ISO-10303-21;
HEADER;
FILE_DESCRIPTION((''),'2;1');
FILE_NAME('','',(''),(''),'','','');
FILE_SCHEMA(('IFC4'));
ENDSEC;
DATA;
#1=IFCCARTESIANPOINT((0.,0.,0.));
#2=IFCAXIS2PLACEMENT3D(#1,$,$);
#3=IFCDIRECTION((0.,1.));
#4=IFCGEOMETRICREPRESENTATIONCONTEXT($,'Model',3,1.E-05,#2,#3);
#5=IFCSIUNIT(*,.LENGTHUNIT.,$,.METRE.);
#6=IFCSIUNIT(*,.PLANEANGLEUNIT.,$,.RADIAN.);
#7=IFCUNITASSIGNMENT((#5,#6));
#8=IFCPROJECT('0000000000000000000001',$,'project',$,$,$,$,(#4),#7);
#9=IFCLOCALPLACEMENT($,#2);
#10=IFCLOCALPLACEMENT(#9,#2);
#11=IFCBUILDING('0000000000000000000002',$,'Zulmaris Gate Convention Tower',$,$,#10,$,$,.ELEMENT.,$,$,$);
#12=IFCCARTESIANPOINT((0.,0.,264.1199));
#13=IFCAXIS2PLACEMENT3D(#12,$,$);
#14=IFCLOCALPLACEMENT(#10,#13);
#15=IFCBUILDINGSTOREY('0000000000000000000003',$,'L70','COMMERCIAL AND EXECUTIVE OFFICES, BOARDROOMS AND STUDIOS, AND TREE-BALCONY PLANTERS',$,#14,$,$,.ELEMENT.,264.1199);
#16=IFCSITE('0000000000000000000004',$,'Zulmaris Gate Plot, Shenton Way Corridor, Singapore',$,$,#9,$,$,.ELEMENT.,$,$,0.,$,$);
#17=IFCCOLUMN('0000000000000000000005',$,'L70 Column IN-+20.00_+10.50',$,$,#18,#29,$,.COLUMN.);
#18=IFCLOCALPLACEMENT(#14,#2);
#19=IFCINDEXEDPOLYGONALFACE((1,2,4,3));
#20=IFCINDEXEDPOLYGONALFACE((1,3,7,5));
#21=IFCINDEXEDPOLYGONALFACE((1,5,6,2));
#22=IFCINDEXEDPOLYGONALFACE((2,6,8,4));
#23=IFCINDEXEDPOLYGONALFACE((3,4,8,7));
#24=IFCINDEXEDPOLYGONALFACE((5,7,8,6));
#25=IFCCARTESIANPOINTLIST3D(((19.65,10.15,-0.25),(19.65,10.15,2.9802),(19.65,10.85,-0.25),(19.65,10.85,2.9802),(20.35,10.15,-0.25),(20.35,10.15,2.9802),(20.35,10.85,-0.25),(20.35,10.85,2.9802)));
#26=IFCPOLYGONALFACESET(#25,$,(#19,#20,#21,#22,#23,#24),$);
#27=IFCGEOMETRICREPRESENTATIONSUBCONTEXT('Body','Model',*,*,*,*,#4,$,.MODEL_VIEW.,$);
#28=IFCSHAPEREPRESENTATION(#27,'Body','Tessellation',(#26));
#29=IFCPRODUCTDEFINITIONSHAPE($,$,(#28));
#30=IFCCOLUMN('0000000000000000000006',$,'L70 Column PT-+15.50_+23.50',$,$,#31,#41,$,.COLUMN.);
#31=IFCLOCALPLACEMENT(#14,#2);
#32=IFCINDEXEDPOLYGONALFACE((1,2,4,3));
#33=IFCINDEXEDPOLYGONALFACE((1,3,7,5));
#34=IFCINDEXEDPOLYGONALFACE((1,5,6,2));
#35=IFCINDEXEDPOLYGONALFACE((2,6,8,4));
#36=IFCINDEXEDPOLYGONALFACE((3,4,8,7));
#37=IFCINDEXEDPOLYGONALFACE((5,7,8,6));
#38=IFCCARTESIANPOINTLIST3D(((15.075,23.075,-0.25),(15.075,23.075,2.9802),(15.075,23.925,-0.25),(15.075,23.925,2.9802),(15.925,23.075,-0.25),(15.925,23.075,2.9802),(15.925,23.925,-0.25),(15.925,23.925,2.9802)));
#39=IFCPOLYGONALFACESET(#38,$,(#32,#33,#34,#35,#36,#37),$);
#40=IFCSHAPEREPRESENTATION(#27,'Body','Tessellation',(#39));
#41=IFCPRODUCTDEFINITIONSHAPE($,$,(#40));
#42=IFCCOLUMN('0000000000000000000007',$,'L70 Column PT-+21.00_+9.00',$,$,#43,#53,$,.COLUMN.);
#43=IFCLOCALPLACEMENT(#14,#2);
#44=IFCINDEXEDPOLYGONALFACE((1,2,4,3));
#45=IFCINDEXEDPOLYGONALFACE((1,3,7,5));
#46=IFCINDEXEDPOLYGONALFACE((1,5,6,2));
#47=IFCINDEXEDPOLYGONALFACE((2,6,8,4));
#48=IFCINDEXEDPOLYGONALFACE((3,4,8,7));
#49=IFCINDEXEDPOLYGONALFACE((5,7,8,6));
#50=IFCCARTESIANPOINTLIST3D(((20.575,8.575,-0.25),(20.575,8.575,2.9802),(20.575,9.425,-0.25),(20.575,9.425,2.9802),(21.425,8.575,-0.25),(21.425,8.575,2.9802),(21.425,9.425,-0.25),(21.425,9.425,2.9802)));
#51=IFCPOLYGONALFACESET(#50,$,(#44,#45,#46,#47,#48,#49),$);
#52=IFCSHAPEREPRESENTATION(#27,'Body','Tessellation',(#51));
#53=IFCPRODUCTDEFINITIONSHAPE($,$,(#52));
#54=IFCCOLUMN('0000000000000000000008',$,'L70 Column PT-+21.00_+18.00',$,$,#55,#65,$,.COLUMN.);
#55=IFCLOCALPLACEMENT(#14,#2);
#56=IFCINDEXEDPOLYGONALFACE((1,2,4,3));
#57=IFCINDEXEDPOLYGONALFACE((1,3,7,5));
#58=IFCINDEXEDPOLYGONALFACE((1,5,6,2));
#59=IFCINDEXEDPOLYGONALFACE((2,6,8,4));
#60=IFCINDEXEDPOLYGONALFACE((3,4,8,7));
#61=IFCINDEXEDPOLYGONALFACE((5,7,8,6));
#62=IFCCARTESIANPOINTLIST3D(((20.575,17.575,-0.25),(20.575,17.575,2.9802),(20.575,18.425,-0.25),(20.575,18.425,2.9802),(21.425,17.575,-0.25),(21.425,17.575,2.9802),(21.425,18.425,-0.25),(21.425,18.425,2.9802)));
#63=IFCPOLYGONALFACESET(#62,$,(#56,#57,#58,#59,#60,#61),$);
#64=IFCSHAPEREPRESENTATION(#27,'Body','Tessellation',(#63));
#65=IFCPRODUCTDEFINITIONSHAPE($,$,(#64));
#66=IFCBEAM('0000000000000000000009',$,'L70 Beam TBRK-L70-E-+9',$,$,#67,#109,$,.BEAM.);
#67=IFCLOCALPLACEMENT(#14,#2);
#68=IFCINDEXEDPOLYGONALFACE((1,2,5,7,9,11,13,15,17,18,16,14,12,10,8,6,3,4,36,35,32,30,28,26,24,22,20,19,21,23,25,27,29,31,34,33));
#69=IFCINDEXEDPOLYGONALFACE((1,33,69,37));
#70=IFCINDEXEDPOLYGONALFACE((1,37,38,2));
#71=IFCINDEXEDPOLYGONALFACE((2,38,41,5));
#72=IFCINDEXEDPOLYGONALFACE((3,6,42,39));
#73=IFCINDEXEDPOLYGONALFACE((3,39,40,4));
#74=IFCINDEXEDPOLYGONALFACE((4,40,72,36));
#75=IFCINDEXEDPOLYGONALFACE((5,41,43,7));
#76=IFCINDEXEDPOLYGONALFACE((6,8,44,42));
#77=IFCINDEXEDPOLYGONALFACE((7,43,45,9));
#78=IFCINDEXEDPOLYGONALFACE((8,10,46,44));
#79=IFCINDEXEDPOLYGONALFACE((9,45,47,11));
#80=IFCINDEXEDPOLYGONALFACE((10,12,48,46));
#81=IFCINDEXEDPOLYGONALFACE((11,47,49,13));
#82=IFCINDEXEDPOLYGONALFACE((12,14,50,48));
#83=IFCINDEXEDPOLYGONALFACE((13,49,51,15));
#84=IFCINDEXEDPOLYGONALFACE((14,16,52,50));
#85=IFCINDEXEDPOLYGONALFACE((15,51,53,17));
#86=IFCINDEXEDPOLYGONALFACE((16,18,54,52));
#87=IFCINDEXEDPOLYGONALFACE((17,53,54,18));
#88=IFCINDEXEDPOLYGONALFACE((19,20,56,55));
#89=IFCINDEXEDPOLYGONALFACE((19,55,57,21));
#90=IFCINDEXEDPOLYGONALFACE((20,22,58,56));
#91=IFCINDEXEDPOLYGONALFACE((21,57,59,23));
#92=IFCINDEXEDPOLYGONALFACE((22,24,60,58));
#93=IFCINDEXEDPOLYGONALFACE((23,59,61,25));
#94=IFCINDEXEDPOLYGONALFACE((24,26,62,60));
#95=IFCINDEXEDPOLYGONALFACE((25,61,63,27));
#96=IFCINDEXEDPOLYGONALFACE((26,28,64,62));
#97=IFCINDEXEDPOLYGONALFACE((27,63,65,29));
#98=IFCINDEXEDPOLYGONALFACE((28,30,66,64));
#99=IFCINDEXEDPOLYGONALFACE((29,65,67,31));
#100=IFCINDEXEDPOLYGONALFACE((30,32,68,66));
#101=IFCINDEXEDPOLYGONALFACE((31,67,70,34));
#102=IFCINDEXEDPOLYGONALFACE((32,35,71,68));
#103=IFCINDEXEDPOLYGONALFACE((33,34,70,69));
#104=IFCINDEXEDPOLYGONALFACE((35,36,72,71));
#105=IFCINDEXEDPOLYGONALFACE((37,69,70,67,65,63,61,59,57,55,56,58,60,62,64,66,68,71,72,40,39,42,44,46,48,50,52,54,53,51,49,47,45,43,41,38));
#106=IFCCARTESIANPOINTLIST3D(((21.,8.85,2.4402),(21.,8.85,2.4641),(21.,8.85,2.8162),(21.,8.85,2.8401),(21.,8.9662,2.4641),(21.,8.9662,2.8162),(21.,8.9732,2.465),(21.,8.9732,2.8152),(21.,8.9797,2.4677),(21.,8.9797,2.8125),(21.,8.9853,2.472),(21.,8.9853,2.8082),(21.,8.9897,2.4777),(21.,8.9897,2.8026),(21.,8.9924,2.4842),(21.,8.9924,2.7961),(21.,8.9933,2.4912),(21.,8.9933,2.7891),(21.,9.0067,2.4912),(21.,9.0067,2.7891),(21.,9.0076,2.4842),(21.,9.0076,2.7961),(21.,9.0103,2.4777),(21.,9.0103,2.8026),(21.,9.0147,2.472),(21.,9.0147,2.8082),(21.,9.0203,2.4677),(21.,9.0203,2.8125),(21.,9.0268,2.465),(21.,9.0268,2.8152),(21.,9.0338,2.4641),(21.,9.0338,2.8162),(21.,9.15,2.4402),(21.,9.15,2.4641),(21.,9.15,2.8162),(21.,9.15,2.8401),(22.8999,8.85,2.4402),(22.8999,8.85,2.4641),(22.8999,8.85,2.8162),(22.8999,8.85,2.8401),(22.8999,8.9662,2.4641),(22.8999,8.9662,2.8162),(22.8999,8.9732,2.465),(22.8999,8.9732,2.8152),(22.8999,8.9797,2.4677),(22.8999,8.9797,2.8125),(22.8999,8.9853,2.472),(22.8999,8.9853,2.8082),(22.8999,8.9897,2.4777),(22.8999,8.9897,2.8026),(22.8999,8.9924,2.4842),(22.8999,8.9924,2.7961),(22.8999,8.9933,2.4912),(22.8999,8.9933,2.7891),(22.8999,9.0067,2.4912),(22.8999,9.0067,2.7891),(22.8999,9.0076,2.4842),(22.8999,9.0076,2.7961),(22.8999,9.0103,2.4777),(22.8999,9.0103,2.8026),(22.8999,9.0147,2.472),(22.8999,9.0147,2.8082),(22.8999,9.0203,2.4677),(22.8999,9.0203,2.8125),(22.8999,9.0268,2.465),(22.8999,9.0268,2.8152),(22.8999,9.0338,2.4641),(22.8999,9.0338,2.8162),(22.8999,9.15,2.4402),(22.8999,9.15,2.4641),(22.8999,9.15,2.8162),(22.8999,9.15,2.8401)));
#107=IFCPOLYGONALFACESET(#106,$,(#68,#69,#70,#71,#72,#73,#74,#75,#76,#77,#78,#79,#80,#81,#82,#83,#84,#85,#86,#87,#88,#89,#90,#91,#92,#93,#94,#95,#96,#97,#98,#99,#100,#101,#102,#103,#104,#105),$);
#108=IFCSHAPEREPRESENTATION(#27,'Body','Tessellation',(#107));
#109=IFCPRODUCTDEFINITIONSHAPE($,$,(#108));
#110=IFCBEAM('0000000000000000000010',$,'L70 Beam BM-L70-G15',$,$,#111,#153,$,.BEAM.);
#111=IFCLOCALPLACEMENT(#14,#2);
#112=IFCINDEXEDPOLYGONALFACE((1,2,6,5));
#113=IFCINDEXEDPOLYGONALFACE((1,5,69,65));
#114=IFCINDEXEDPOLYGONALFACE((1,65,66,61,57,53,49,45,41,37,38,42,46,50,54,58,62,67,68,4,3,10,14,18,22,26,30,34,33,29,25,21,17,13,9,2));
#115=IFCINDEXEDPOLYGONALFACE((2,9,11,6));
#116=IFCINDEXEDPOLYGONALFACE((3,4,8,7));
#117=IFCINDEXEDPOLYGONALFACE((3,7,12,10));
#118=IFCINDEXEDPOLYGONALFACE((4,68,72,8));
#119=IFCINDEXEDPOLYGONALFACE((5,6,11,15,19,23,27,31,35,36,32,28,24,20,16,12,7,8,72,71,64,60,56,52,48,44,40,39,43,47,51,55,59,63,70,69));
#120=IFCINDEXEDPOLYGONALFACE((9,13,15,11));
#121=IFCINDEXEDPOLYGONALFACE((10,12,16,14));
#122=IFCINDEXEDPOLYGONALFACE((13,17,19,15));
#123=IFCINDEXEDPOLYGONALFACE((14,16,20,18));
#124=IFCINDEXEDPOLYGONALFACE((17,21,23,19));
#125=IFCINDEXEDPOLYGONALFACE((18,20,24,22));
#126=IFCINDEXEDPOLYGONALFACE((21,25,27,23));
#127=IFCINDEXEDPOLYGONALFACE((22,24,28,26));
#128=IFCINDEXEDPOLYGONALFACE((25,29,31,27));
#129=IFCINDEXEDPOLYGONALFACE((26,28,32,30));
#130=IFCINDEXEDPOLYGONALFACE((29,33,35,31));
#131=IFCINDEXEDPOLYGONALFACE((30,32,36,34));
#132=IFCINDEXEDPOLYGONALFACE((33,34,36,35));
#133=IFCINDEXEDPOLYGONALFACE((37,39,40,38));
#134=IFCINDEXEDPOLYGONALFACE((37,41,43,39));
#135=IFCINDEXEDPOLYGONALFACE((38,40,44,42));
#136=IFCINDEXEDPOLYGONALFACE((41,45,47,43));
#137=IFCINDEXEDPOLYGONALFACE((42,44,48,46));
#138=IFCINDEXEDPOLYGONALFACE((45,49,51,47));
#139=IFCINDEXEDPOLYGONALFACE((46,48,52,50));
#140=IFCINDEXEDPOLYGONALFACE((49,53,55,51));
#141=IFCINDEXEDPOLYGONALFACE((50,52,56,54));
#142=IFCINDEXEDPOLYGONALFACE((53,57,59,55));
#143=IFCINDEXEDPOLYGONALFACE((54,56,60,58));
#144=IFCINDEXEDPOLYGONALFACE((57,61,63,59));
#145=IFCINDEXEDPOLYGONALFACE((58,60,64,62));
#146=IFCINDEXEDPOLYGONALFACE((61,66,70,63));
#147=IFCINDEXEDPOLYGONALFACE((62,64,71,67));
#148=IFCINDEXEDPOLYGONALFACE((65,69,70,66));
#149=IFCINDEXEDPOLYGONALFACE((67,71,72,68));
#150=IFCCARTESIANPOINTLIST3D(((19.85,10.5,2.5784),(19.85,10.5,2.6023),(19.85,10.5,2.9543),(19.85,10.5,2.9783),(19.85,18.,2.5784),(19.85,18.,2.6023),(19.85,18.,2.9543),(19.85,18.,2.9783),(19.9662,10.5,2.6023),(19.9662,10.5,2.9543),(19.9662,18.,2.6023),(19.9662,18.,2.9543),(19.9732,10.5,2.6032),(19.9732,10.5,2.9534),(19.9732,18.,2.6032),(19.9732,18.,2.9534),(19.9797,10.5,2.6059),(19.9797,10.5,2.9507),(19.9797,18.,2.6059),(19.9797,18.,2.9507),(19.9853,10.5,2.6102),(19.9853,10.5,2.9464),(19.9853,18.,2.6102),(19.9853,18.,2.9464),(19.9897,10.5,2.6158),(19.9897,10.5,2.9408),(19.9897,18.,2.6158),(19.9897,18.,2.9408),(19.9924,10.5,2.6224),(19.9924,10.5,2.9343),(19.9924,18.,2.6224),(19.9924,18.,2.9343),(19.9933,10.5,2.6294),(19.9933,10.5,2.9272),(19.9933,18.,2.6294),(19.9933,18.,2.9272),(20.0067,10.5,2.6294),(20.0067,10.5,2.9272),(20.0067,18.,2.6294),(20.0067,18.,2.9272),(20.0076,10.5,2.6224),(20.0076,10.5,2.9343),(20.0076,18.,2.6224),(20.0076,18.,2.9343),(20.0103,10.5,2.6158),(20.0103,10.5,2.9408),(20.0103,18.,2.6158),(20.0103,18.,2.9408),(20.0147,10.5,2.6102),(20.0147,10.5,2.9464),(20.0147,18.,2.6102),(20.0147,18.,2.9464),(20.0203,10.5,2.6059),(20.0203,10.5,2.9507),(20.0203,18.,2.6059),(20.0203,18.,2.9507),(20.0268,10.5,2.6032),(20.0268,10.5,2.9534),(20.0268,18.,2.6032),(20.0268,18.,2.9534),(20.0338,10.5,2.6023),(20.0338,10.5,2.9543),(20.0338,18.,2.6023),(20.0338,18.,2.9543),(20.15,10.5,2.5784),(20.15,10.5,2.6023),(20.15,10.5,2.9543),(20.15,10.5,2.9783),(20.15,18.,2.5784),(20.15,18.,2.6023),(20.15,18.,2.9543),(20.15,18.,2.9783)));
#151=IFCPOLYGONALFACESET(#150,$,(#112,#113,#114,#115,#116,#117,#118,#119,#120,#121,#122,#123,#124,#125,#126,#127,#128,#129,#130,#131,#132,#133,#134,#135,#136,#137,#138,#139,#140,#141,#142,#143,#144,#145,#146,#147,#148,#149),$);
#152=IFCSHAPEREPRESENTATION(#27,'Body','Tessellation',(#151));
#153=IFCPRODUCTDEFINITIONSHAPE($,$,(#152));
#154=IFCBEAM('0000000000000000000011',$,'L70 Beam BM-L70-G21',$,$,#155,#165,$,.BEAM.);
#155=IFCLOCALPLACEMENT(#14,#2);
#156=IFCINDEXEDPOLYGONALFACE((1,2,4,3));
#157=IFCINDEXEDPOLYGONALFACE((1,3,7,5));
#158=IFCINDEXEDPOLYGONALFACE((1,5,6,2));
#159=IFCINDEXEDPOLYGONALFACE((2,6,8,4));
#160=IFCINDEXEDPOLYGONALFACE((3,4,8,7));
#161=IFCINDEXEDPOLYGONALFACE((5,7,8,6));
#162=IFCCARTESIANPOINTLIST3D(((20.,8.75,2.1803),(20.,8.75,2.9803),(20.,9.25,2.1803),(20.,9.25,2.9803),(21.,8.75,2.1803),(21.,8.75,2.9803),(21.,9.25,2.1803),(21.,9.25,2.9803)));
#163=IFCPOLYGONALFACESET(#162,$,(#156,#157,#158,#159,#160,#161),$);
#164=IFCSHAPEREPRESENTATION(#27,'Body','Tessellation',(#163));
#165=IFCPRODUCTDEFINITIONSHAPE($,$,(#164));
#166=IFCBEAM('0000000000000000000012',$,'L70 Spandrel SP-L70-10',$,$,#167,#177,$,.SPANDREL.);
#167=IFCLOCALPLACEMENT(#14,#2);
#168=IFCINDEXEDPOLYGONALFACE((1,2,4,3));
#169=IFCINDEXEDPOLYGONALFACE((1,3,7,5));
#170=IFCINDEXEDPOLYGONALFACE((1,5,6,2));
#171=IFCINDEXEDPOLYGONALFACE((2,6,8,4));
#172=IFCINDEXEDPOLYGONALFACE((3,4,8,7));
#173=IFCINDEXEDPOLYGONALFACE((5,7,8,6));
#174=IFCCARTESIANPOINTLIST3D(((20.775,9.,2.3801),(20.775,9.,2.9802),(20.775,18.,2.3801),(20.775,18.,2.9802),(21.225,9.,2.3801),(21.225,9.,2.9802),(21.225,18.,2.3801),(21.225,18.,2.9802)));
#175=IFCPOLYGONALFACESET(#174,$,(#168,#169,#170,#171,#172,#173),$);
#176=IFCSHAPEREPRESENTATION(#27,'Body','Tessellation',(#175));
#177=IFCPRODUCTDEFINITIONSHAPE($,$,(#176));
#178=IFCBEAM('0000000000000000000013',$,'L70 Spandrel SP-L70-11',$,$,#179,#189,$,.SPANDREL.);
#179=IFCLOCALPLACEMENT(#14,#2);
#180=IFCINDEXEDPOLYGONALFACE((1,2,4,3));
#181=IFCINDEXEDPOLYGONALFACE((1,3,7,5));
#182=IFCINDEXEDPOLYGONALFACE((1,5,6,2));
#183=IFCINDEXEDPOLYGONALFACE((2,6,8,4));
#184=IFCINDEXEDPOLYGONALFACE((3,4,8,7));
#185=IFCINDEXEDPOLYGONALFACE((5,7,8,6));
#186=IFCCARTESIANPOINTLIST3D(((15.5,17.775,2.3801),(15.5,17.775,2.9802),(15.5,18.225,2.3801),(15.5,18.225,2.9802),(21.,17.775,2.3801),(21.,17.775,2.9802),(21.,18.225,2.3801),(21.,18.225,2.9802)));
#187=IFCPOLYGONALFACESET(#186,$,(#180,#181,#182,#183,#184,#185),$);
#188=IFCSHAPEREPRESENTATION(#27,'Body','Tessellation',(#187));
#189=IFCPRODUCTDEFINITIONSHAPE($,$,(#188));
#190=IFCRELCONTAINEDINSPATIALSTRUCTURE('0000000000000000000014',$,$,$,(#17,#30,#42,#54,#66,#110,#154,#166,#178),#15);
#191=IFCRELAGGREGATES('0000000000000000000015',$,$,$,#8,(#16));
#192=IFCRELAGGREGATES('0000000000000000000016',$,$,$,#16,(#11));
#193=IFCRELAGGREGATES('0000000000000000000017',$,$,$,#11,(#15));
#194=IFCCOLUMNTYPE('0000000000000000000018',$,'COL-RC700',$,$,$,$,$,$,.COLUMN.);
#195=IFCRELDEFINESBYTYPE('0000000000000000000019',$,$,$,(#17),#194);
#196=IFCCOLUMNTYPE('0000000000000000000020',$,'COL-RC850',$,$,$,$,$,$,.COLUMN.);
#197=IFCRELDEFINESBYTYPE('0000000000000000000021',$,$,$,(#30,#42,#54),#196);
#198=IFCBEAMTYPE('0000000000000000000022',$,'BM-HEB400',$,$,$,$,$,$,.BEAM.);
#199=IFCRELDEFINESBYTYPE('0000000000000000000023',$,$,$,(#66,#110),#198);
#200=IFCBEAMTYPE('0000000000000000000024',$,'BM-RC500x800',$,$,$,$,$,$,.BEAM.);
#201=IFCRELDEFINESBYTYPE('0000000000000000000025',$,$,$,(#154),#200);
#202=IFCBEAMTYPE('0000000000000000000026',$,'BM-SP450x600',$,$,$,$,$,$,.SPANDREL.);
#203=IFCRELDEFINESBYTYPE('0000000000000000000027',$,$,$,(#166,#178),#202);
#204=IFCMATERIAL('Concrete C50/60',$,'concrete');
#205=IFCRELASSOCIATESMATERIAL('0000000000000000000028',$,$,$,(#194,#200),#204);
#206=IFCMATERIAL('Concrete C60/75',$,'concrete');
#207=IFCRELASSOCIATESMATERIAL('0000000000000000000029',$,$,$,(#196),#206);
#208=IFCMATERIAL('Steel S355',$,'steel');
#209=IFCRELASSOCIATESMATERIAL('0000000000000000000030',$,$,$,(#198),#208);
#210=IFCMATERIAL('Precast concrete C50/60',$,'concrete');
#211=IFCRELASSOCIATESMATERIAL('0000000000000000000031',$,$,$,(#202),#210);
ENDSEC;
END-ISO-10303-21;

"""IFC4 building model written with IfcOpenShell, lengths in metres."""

from ifc_helpers import new_model, si_unit, direction, frame, origin, origin_2d, place, context, subcontext, project, spatial, rectangle, i_section, extrude, material, material_profile, profile_set, type_object, element, save


model = new_model("IFC4")

# Units and contexts
model_context = context("Model", 3, precision=1e-05, world=origin(), true_north=direction((0.0, 1.0)))
body_context = subcontext(model_context, "Body", "Model", "MODEL_VIEW")
ifc_project = project(units=[si_unit("LENGTHUNIT", "METRE"), si_unit("PLANEANGLEUNIT", "RADIAN")], contexts=[model_context])

# Site, building, storey
site_placement = place(None, origin())
site = spatial("IfcSite", under=ifc_project, at=site_placement, Name="Zulmaris Gate Plot, Shenton Way Corridor, Singapore", CompositionType="ELEMENT", RefElevation=0.0)
building_placement = place(site_placement, origin())
building = spatial("IfcBuilding", under=site, at=building_placement, Name="Zulmaris Gate Convention Tower", CompositionType="ELEMENT")
storey_placement = place(building_placement, frame((0.0, 0.0, 264.1199)))
storey = spatial("IfcBuildingStorey", under=building, at=storey_placement, Name="L70", Description="COMMERCIAL AND EXECUTIVE OFFICES, BOARDROOMS AND STUDIOS, AND TREE-BALCONY PLANTERS", CompositionType="ELEMENT", Elevation=264.1199)

# Columns
ifc_material_1 = material(Name="Concrete C50/60", Category="concrete")
ifc_material_profile_1 = material_profile(ifc_material_1, rectangle(XDim=0.7, YDim=0.7, at=origin_2d()), Name="RC COL 700x700")
ifc_profile_set_1 = profile_set([ifc_material_profile_1], Name="Concrete C50/60")
column_type_1 = type_object("IfcColumnType", Name="COL-RC700", PredefinedType="COLUMN", material=ifc_profile_set_1)
column_placement = place(storey_placement, frame((20.0, 10.5, -0.25), z_axis=(0.0, 0.0, 1.0), x_axis=(1.0, 0.0, 0.0)))
element("IfcColumn", 1, at=column_placement, inside=storey, type_object=column_type_1, Name="L70 Column IN-+20.00_+10.50", PredefinedType="COLUMN", context=body_context, shape_type="SweptSolid", body=[
    extrude(rectangle(XDim=0.7, YDim=0.7, at=origin_2d()), origin(), (0.0, 0.0, 1.0), 3.2302),
])
ifc_material_2 = material(Name="Concrete C60/75", Category="concrete")
ifc_material_profile_2 = material_profile(ifc_material_2, rectangle(XDim=0.8501, YDim=0.8501, at=origin_2d()), Name="RC COL 850x850")
ifc_profile_set_2 = profile_set([ifc_material_profile_2], Name="Concrete C60/75")
column_type_2 = type_object("IfcColumnType", Name="COL-RC850", PredefinedType="COLUMN", material=ifc_profile_set_2)
for number, where, z_axis, x_axis, name in (
    (2, (15.5, 23.5, -0.25), (0.0, 0.0, 1.0), (1.0, 0.0, 0.0), "L70 Column PT-+15.50_+23.50"),
    (3, (21.0, 9.0, -0.25), (0.0, 0.0, 1.0), (1.0, 0.0, 0.0), "L70 Column PT-+21.00_+9.00"),
    (4, (21.0, 18.0, -0.25), (0.0, 0.0, 1.0), (1.0, 0.0, 0.0), "L70 Column PT-+21.00_+18.00"),
):
    element("IfcColumn", number, at=place(storey_placement, frame(where, z_axis=z_axis, x_axis=x_axis)), inside=storey, type_object=column_type_2, Name=name, PredefinedType="COLUMN", context=body_context, shape_type="SweptSolid", body=[
        extrude(rectangle(XDim=0.8501, YDim=0.8501, at=origin_2d()), origin(), (0.0, 0.0, 1.0), 3.2302),
    ])

# Beams
ifc_material_3 = material(Name="Steel S355", Category="steel")
ifc_material_profile_3 = material_profile(ifc_material_3, i_section(OverallWidth=0.3, OverallDepth=0.3999, WebThickness=0.0134, FlangeThickness=0.0239, FilletRadius=0.0271, at=origin_2d()), Name="HEB 400")
ifc_profile_set_3 = profile_set([ifc_material_profile_3], Name="Steel S355")
beam_type_1 = type_object("IfcBeamType", Name="BM-HEB400", PredefinedType="BEAM", material=ifc_profile_set_3)
beam_1_placement = place(storey_placement, frame((21.0, 9.0, 2.6401), z_axis=(1.0, 0.0, 0.0), x_axis=(0.0, 1.0, 0.0)))
element("IfcBeam", 5, at=beam_1_placement, inside=storey, type_object=beam_type_1, Name="L70 Beam TBRK-L70-E-+9", PredefinedType="BEAM", context=body_context, shape_type="SweptSolid", body=[
    extrude(i_section(OverallWidth=0.3, OverallDepth=0.3999, WebThickness=0.0134, FlangeThickness=0.0239, FilletRadius=0.0271, at=origin_2d()), origin(), (0.0, 0.0, 1.0), 1.8999),
])
beam_2_placement = place(storey_placement, frame((20.0, 10.5, 2.7783), z_axis=(0.0, 1.0, 0.0), x_axis=(-1.0, 0.0, 0.0)))
element("IfcBeam", 6, at=beam_2_placement, inside=storey, type_object=beam_type_1, Name="L70 Beam BM-L70-G15", PredefinedType="BEAM", context=body_context, shape_type="SweptSolid", body=[
    extrude(i_section(OverallWidth=0.3, OverallDepth=0.3999, WebThickness=0.0134, FlangeThickness=0.0239, FilletRadius=0.0271, at=origin_2d()), origin(), (0.0, 0.0, 1.0), 7.5),
])
ifc_material_profile_4 = material_profile(ifc_material_1, rectangle(XDim=0.5, YDim=0.8, at=origin_2d()), Name="RC BEAM 500x800")
ifc_profile_set_4 = profile_set([ifc_material_profile_4], Name="Concrete C50/60")
beam_type_2 = type_object("IfcBeamType", Name="BM-RC500x800", PredefinedType="BEAM", material=ifc_profile_set_4)
beam_3_placement = place(storey_placement, frame((20.0, 9.0, 2.5803), z_axis=(1.0, 0.0, 0.0), x_axis=(0.0, 1.0, 0.0)))
element("IfcBeam", 7, at=beam_3_placement, inside=storey, type_object=beam_type_2, Name="L70 Beam BM-L70-G21", PredefinedType="BEAM", context=body_context, shape_type="SweptSolid", body=[
    extrude(rectangle(XDim=0.5, YDim=0.8, at=origin_2d()), origin(), (0.0, 0.0, 1.0), 1.0),
])
ifc_material_4 = material(Name="Precast concrete C50/60", Category="concrete")
ifc_material_profile_5 = material_profile(ifc_material_4, rectangle(XDim=0.45, YDim=0.6001, at=origin_2d()), Name="RC SPANDREL 450x600")
ifc_profile_set_5 = profile_set([ifc_material_profile_5], Name="Precast concrete C50/60")
beam_type_3 = type_object("IfcBeamType", Name="BM-SP450x600", PredefinedType="SPANDREL", material=ifc_profile_set_5)
beam_4_placement = place(storey_placement, frame((21.0, 9.0, 2.6802), z_axis=(0.0, 1.0, 0.0), x_axis=(-1.0, 0.0, 0.0)))
element("IfcBeam", 8, at=beam_4_placement, inside=storey, type_object=beam_type_3, Name="L70 Spandrel SP-L70-10", PredefinedType="SPANDREL", context=body_context, shape_type="SweptSolid", body=[
    extrude(rectangle(XDim=0.45, YDim=0.6001, at=origin_2d()), origin(), (0.0, 0.0, 1.0), 9.0),
])
beam_5_placement = place(storey_placement, frame((21.0, 18.0, 2.6802), z_axis=(-1.0, 0.0, 0.0), x_axis=(0.0, -1.0, 0.0)))
element("IfcBeam", 9, at=beam_5_placement, inside=storey, type_object=beam_type_3, Name="L70 Spandrel SP-L70-11", PredefinedType="SPANDREL", context=body_context, shape_type="SweptSolid", body=[
    extrude(rectangle(XDim=0.45, YDim=0.6001, at=origin_2d()), origin(), (0.0, 0.0, 1.0), 5.5),
])

save(model, "model.ifc")
